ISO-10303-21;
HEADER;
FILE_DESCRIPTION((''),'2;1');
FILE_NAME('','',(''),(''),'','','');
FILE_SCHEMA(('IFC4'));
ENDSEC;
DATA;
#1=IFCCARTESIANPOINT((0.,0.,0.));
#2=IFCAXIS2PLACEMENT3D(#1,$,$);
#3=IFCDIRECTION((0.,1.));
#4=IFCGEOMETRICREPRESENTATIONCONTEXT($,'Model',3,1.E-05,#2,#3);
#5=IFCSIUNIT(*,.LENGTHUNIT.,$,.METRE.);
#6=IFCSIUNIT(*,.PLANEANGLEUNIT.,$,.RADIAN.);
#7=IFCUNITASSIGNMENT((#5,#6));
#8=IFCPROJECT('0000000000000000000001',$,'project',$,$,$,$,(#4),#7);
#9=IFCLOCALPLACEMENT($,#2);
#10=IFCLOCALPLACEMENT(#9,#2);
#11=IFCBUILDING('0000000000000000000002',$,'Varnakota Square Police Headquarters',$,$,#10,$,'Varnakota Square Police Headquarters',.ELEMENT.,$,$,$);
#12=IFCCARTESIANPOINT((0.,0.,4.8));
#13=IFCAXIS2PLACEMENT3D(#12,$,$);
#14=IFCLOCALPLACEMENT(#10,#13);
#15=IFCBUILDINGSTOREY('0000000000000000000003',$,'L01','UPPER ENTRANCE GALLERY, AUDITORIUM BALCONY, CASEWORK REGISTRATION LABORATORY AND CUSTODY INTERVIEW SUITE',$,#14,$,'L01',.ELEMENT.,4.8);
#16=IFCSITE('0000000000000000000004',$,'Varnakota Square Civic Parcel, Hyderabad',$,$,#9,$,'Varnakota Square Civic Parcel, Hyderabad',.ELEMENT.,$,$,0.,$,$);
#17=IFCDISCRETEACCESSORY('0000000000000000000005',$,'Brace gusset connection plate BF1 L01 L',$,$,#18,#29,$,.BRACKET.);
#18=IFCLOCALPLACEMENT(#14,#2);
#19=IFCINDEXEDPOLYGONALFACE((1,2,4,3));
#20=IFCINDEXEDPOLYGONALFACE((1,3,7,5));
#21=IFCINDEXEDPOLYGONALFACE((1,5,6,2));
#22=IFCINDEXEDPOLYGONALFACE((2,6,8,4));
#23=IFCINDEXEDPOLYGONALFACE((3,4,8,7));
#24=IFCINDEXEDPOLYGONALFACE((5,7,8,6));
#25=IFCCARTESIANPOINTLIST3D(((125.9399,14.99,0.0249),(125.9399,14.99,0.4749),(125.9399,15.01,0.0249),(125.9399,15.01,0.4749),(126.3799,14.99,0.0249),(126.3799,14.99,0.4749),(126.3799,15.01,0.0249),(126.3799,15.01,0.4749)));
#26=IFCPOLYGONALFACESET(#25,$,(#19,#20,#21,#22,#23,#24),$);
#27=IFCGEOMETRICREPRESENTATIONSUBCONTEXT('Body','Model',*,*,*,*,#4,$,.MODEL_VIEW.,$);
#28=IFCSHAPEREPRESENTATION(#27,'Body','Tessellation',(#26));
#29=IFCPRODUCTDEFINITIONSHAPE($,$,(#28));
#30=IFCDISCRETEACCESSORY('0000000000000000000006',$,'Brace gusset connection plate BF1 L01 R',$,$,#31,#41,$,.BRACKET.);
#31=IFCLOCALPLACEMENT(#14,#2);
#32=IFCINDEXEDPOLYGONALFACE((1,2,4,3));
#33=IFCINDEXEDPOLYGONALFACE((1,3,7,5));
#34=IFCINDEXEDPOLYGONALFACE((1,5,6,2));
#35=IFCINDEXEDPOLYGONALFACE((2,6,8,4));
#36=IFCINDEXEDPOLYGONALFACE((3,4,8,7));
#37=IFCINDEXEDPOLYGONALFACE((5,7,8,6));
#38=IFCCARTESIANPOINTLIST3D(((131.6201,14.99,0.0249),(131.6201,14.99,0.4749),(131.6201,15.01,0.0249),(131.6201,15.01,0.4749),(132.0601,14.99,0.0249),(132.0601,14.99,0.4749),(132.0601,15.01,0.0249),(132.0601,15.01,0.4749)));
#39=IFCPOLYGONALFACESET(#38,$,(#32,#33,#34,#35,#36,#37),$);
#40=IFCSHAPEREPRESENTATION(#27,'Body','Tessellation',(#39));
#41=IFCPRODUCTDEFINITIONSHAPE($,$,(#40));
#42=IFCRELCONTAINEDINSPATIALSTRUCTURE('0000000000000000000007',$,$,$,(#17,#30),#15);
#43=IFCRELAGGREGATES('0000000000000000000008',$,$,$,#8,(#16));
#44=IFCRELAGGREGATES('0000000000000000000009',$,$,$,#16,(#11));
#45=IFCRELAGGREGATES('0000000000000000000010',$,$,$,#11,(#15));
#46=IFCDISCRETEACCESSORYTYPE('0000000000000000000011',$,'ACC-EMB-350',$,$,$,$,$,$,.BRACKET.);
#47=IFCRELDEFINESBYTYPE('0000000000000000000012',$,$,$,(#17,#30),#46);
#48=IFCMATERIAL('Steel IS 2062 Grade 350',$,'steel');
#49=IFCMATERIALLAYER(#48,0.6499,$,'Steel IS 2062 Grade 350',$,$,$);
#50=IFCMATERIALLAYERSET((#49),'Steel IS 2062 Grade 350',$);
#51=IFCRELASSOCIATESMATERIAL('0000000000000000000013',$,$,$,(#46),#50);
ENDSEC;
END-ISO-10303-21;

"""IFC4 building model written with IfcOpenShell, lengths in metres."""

from ifc_helpers import new_model, si_unit, direction, frame, origin, origin_2d, place, context, subcontext, project, spatial, rectangle, extrude, material, layer, layer_set, type_object, element, save


model = new_model("IFC4")

# Units and contexts
model_context = context("Model", 3, precision=1e-05, world=origin(), true_north=direction((0.0, 1.0)))
body_context = subcontext(model_context, "Body", "Model", "MODEL_VIEW")
ifc_project = project(units=[si_unit("LENGTHUNIT", "METRE"), si_unit("PLANEANGLEUNIT", "RADIAN")], contexts=[model_context])

# Site, building, storey
site_placement = place(None, origin())
site = spatial("IfcSite", under=ifc_project, at=site_placement, Name="Varnakota Square Civic Parcel, Hyderabad", LongName="Varnakota Square Civic Parcel, Hyderabad", CompositionType="ELEMENT", RefElevation=0.0)
building_placement = place(site_placement, origin())
building = spatial("IfcBuilding", under=site, at=building_placement, Name="Varnakota Square Police Headquarters", LongName="Varnakota Square Police Headquarters", CompositionType="ELEMENT")
storey_placement = place(building_placement, frame((0.0, 0.0, 4.8)))
storey = spatial("IfcBuildingStorey", under=building, at=storey_placement, Name="L01", Description="UPPER ENTRANCE GALLERY, AUDITORIUM BALCONY, CASEWORK REGISTRATION LABORATORY AND CUSTODY INTERVIEW SUITE", LongName="L01", CompositionType="ELEMENT", Elevation=4.8)

# Shared definitions
ifc_material_1 = material(Name="Steel IS 2062 Grade 350", Category="steel")

# Discrete accessories
ifc_layer_1 = layer(ifc_material_1, 0.6499, Name="Steel IS 2062 Grade 350")
ifc_layer_set_1 = layer_set([ifc_layer_1], Name="Steel IS 2062 Grade 350")
discrete_accessory_type = type_object("IfcDiscreteAccessoryType", Name="ACC-EMB-350", PredefinedType="BRACKET", material=ifc_layer_set_1)
for number, where, z_axis, x_axis, name in (
    (1, (126.1599, 15.0, 0.0249), (0.0, 0.0, 1.0), (1.0, 0.0, 0.0), "Brace gusset connection plate BF1 L01 L"),
    (2, (131.8401, 15.0, 0.0249), (0.0, 0.0, 1.0), (1.0, 0.0, 0.0), "Brace gusset connection plate BF1 L01 R"),
):
    element("IfcDiscreteAccessory", number, at=place(storey_placement, frame(where, z_axis=z_axis, x_axis=x_axis)), inside=storey, type_object=discrete_accessory_type, Name=name, PredefinedType="BRACKET", context=body_context, shape_type="SweptSolid", body=[
        extrude(rectangle(XDim=0.4399, YDim=0.02, at=origin_2d()), origin(), (0.0, 0.0, 1.0), 0.45),
    ])

save(model, "model.ifc")
